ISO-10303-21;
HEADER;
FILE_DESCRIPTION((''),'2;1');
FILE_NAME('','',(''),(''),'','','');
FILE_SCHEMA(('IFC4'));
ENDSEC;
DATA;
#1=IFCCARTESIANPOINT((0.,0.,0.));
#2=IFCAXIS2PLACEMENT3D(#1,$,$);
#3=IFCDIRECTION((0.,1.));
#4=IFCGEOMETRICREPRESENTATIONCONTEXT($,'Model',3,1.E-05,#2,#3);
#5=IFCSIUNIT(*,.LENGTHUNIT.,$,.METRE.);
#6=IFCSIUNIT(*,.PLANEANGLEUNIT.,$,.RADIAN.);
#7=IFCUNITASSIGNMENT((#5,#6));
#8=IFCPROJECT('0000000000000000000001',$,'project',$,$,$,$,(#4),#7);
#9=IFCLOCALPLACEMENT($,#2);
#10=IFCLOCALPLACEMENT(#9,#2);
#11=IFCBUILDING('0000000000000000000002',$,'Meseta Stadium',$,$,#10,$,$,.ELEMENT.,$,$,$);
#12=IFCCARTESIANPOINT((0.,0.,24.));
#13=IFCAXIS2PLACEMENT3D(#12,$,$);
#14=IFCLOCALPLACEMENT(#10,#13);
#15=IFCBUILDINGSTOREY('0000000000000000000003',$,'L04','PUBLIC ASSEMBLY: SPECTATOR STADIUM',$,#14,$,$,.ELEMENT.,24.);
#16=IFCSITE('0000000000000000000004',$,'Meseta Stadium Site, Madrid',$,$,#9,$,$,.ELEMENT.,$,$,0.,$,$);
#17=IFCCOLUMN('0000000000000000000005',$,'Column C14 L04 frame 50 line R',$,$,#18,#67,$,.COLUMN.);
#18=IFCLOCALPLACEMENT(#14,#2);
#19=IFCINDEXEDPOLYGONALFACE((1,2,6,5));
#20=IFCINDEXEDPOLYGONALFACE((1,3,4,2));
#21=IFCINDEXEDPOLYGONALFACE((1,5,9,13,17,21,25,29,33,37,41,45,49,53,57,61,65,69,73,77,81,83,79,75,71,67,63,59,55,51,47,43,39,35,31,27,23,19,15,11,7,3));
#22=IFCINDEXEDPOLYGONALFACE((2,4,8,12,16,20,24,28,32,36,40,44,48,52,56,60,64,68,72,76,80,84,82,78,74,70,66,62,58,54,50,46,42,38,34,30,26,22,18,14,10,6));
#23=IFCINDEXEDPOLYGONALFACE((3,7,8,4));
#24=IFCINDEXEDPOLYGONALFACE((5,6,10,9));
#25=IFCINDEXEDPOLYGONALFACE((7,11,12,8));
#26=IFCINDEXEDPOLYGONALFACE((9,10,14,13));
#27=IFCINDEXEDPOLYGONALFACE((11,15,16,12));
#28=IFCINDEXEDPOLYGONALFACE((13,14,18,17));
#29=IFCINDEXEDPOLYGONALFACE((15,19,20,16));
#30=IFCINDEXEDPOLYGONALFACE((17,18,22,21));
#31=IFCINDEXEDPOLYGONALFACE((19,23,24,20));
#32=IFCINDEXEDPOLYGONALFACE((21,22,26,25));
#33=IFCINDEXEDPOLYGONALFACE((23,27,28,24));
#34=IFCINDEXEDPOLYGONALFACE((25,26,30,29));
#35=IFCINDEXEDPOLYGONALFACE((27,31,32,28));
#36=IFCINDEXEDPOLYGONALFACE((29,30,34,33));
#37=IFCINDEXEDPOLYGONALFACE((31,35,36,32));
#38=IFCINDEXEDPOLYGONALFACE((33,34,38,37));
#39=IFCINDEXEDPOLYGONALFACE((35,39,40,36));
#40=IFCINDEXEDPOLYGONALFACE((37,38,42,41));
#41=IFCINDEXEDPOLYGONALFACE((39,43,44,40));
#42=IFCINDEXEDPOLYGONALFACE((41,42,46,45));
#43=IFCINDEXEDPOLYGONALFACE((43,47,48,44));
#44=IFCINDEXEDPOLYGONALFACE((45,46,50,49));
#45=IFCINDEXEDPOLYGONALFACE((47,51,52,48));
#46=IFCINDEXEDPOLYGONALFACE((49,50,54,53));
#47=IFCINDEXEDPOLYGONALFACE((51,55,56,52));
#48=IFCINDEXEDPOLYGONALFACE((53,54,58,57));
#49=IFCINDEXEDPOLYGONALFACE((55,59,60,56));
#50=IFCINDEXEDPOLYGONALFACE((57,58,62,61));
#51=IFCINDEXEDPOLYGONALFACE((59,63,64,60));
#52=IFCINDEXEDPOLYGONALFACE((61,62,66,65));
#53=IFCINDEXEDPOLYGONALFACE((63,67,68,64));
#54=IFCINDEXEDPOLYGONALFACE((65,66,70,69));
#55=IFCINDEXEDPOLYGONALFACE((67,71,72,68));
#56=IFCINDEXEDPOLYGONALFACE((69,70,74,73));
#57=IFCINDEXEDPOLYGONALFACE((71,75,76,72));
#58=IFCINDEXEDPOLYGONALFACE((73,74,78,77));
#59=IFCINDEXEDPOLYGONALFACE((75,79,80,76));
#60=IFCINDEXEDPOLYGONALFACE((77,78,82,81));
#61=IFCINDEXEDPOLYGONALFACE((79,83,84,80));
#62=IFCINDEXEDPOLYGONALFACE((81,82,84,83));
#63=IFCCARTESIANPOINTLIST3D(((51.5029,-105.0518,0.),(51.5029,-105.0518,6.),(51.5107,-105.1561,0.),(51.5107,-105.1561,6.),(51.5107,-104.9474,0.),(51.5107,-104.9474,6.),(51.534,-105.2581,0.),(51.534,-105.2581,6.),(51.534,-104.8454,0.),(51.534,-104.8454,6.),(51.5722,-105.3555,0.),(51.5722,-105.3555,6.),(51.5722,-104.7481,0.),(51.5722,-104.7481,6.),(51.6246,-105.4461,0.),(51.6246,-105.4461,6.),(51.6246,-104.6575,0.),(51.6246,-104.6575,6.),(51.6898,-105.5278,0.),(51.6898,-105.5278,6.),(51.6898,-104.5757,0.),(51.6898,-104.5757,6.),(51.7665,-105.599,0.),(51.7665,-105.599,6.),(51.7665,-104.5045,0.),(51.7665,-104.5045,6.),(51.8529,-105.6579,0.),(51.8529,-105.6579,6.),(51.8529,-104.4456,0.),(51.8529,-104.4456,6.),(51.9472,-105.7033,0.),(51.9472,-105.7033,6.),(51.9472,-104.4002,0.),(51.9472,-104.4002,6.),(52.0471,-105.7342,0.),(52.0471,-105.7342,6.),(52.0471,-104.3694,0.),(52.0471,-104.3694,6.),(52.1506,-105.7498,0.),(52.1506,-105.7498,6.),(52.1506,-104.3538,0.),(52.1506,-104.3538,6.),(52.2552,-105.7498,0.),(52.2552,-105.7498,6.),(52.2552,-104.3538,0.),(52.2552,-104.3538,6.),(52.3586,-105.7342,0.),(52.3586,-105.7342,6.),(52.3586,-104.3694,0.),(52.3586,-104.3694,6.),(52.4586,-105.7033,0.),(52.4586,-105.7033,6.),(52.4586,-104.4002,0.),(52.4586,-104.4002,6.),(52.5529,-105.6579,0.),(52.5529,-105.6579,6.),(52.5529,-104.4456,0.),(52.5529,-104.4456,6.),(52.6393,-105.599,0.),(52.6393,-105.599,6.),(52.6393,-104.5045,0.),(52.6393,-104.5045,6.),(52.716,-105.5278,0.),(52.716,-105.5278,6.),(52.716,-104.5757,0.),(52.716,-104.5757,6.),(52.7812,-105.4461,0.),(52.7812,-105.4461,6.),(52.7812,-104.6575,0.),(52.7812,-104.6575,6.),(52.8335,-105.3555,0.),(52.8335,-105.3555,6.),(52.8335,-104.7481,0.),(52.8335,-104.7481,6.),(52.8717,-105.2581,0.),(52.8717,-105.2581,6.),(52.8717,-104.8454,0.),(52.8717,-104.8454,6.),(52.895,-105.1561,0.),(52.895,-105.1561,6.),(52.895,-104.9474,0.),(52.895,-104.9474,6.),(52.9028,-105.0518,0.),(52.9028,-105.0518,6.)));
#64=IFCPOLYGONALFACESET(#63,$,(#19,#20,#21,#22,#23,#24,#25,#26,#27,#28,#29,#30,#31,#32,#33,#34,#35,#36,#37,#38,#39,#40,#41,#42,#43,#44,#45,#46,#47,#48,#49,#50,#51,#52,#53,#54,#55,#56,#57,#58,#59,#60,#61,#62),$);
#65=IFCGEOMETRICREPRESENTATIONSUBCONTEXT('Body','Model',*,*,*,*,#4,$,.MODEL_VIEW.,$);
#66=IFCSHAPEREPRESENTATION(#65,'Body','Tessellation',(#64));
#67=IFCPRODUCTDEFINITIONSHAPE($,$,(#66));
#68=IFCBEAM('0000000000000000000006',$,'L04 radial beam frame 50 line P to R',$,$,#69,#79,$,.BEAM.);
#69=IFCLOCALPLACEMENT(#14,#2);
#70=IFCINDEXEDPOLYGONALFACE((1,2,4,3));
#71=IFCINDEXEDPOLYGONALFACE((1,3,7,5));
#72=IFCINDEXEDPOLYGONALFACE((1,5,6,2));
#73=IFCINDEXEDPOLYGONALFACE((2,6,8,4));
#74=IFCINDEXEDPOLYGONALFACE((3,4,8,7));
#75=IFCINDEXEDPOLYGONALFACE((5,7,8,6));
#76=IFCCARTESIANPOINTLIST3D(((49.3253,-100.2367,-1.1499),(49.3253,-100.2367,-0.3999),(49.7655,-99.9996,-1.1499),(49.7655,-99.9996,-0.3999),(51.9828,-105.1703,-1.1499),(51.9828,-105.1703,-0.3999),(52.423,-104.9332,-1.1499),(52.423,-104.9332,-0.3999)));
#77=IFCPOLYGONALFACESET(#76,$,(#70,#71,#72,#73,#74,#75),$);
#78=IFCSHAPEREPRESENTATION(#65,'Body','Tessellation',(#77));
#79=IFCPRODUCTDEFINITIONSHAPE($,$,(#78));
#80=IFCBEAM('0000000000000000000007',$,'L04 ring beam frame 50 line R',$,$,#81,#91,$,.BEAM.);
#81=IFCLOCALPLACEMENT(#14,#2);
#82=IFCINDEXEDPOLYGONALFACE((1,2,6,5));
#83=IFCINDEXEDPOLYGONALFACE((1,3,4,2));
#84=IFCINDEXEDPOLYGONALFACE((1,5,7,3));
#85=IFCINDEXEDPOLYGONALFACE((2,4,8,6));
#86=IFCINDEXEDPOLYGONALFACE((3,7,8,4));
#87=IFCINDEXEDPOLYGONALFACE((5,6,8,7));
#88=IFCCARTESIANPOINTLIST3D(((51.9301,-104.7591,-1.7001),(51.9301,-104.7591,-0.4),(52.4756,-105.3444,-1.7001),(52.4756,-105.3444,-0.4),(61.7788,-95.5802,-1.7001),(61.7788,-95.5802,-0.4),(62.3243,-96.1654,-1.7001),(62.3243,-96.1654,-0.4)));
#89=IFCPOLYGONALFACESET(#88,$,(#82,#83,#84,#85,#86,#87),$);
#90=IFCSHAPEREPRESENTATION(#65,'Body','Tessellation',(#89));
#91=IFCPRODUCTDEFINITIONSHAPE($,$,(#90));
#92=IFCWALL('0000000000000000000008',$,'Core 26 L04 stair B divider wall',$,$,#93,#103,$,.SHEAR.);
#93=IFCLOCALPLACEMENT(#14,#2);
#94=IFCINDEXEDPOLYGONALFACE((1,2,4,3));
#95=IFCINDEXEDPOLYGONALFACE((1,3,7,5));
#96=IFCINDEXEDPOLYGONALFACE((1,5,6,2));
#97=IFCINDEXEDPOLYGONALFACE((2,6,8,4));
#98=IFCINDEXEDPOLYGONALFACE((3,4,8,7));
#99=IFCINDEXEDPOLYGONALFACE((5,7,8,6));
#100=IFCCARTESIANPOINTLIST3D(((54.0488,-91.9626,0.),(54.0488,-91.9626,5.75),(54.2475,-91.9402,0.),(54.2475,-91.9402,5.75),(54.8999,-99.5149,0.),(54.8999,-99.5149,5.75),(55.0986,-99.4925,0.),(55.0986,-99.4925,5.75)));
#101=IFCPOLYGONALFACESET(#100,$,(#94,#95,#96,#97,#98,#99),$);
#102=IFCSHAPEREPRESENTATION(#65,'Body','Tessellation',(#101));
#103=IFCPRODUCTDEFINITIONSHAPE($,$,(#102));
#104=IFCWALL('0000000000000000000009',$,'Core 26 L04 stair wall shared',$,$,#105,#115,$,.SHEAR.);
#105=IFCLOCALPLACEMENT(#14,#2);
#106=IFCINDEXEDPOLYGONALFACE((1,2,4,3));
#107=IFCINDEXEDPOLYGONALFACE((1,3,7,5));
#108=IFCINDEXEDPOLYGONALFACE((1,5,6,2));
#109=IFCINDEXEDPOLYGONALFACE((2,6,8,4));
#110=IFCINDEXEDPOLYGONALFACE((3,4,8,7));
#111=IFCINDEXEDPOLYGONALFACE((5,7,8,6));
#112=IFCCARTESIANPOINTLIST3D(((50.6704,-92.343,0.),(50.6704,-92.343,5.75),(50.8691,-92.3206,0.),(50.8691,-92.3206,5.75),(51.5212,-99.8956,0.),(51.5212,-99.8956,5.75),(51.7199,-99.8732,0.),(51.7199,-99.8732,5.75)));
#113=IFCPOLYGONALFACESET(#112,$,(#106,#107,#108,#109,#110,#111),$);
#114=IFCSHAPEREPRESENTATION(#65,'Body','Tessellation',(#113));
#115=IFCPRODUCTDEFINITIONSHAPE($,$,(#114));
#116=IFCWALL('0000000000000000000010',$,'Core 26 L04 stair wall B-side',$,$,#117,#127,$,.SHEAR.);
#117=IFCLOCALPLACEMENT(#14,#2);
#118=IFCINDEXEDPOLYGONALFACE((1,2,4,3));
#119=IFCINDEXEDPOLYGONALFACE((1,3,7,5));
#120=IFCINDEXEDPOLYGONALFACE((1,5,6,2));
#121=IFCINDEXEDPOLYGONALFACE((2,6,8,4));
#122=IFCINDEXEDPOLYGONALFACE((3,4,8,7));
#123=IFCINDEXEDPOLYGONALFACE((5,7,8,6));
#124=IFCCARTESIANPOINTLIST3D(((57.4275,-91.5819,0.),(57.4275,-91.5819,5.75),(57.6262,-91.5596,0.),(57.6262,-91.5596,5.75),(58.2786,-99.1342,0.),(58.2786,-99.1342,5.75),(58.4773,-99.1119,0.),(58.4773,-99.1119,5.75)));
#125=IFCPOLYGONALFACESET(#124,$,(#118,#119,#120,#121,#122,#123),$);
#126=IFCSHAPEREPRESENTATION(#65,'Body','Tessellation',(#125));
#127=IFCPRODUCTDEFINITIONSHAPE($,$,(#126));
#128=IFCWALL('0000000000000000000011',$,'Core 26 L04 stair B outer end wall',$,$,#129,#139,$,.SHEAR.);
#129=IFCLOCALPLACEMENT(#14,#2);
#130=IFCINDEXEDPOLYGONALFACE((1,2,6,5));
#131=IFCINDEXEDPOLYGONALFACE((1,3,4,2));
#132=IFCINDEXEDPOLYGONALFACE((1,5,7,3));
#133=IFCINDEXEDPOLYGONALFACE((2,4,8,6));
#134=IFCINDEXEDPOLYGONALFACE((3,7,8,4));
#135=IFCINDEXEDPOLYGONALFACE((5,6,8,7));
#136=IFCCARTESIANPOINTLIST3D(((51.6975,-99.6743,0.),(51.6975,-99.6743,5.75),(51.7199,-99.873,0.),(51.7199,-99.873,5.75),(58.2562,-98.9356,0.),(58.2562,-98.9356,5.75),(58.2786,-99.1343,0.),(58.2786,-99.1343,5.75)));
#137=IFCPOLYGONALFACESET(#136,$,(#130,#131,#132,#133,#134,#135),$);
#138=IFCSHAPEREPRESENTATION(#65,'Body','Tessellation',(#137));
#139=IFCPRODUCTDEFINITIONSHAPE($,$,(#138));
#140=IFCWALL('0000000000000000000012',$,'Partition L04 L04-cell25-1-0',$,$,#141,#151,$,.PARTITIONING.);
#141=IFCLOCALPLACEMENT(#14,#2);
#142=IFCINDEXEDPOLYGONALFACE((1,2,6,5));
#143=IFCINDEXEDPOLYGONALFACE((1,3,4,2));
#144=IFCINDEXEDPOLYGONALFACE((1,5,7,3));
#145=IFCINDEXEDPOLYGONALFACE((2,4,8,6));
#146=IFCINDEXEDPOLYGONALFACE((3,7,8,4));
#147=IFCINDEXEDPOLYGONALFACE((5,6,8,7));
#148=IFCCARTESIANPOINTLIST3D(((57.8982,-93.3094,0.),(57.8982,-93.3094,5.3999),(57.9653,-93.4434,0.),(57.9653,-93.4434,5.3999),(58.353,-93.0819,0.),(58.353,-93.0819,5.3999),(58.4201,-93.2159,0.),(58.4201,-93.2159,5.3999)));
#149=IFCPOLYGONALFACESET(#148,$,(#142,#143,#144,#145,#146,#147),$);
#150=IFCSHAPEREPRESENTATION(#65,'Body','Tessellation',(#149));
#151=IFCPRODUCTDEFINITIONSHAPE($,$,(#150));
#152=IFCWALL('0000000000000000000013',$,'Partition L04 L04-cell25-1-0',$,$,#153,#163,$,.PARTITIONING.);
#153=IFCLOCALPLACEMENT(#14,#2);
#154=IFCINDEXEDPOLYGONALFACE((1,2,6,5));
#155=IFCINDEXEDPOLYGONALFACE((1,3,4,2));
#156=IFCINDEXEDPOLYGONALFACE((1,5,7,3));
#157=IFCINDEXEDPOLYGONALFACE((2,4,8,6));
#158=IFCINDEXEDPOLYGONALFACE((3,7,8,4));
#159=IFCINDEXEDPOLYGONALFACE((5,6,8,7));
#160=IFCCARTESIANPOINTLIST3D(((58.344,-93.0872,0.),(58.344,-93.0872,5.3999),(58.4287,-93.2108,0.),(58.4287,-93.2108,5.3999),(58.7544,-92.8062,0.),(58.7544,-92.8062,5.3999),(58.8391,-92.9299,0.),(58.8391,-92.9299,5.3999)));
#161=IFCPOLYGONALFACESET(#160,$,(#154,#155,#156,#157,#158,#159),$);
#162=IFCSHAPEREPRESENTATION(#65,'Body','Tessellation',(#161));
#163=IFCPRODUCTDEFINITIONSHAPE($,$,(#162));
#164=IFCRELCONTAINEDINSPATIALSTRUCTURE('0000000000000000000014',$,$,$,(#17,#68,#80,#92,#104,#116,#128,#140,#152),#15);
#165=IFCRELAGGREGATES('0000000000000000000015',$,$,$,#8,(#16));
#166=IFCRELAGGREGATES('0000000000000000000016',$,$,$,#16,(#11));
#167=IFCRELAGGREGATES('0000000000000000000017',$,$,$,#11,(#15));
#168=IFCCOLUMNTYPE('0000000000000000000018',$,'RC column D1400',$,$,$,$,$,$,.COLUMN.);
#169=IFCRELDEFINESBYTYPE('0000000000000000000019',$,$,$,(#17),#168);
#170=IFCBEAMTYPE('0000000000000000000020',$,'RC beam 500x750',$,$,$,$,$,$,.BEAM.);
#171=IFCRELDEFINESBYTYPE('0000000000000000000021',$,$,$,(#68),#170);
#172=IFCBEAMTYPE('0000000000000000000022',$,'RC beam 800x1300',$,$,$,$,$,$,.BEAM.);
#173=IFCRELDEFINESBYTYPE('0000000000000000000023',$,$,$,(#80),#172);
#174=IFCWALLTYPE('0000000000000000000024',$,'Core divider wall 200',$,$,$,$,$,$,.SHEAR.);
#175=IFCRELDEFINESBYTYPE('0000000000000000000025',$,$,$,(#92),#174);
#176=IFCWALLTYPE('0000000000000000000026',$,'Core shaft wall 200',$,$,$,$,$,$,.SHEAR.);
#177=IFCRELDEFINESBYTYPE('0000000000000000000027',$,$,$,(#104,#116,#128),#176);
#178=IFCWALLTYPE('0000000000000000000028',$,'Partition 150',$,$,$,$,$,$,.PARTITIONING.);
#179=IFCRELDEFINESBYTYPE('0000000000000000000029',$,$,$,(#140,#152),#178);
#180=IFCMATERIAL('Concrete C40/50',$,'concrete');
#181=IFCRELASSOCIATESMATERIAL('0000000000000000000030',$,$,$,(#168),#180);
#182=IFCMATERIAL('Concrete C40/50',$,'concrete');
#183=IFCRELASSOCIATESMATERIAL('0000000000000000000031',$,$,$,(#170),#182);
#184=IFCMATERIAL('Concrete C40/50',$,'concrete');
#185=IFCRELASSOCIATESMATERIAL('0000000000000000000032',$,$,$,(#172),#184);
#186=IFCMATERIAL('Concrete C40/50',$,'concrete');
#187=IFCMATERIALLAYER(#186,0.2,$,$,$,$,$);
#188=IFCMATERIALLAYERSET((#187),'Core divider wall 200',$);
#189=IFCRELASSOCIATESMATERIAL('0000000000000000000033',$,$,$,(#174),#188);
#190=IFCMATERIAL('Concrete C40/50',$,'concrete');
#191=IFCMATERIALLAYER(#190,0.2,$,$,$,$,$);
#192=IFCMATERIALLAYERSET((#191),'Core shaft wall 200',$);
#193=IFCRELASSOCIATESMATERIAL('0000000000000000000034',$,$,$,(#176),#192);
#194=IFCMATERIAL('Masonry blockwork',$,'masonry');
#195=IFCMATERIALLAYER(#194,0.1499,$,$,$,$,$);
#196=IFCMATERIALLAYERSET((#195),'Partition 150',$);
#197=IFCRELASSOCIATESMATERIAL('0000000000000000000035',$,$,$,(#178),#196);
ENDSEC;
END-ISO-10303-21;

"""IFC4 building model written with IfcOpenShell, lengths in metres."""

from ifc_helpers import new_model, si_unit, direction, frame, frame_2d, origin, origin_2d, place, context, subcontext, project, spatial, rectangle, circle, extrude, material, layer, layer_set, material_profile, profile_set, type_object, element, save


model = new_model("IFC4")

# Units and contexts
model_context = context("Model", 3, precision=1e-05, world=origin(), true_north=direction((0.0, 1.0)))
body_context = subcontext(model_context, "Body", "Model", "MODEL_VIEW")
ifc_project = project(units=[si_unit("LENGTHUNIT", "METRE"), si_unit("PLANEANGLEUNIT", "RADIAN")], contexts=[model_context])

# Site, building, storey
site_placement = place(None, origin())
site = spatial("IfcSite", under=ifc_project, at=site_placement, Name="Meseta Stadium Site, Madrid", CompositionType="ELEMENT", RefElevation=0.0)
building_placement = place(site_placement, origin())
building = spatial("IfcBuilding", under=site, at=building_placement, Name="Meseta Stadium", CompositionType="ELEMENT")
storey_placement = place(building_placement, frame((0.0, 0.0, 24.0)))
storey = spatial("IfcBuildingStorey", under=building, at=storey_placement, Name="L04", Description="PUBLIC ASSEMBLY: SPECTATOR STADIUM", CompositionType="ELEMENT", Elevation=24.0)

# Column
ifc_material_1 = material(Name="Concrete C40/50", Category="concrete")
ifc_material_profile_1 = material_profile(ifc_material_1, circle(Radius=0.7, at=origin_2d()), Name="RC D1400")
ifc_profile_set_1 = profile_set([ifc_material_profile_1], Name="Concrete C40/50")
column_type = type_object("IfcColumnType", Name="RC column D1400", PredefinedType="COLUMN", material=ifc_profile_set_1)
column_placement = place(storey_placement, frame((52.2029, -105.0518, 0.0), z_axis=(0.0, 0.0, 1.0), x_axis=(1.0, 0.0, 0.0)))
element("IfcColumn", 1, at=column_placement, inside=storey, type_object=column_type, Name="Column C14 L04 frame 50 line R", PredefinedType="COLUMN", context=body_context, shape_type="SweptSolid", body=[
    extrude(circle(Radius=0.7, at=origin_2d()), origin(), (0.0, 0.0, 1.0), 6.0),
])

# Beams
ifc_material_2 = material(Name="Concrete C40/50", Category="concrete")
ifc_material_profile_2 = material_profile(ifc_material_2, rectangle(XDim=0.5, YDim=0.75, at=origin_2d()), Name="RC 500x750")
ifc_profile_set_2 = profile_set([ifc_material_profile_2], Name="Concrete C40/50")
beam_type_1 = type_object("IfcBeamType", Name="RC beam 500x750", PredefinedType="BEAM", material=ifc_profile_set_2)
beam_1_placement = place(storey_placement, frame((49.5454, -100.1182, -0.7749), z_axis=(0.474227, -0.880403, 0.0), x_axis=(0.880403, 0.474227, 0.0)))
element("IfcBeam", 2, at=beam_1_placement, inside=storey, type_object=beam_type_1, Name="L04 radial beam frame 50 line P to R", PredefinedType="BEAM", context=body_context, shape_type="SweptSolid", body=[
    extrude(rectangle(XDim=0.5, YDim=0.75, at=origin_2d()), origin(), (0.0, 0.0, 1.0), 5.6038),
])
ifc_material_3 = material(Name="Concrete C40/50", Category="concrete")
ifc_material_profile_3 = material_profile(ifc_material_3, rectangle(XDim=0.8, YDim=1.3, at=origin_2d()), Name="RC 800x1300")
ifc_profile_set_3 = profile_set([ifc_material_profile_3], Name="Concrete C40/50")
beam_type_2 = type_object("IfcBeamType", Name="RC beam 800x1300", PredefinedType="BEAM", material=ifc_profile_set_3)
beam_2_placement = place(storey_placement, frame((52.2029, -105.0518, -1.05), z_axis=(0.731541, 0.681798, 0.0), x_axis=(-0.681798, 0.731541, 0.0)))
element("IfcBeam", 3, at=beam_2_placement, inside=storey, type_object=beam_type_2, Name="L04 ring beam frame 50 line R", PredefinedType="BEAM", context=body_context, shape_type="SweptSolid", body=[
    extrude(rectangle(XDim=0.8, YDim=1.3, at=origin_2d()), origin(), (0.0, 0.0, 1.0), 13.4629),
])

# Walls
ifc_material_4 = material(Name="Concrete C40/50", Category="concrete")
ifc_layer_1 = layer(ifc_material_4, 0.2)
ifc_layer_set_1 = layer_set([ifc_layer_1], Name="Core divider wall 200")
wall_type_1 = type_object("IfcWallType", Name="Core divider wall 200", PredefinedType="SHEAR", material=ifc_layer_set_1)
wall_1_placement = place(storey_placement, frame((54.9993, -99.5037, 0.0), z_axis=(0.0, 0.0, 1.0), x_axis=(-0.111983, 0.99371, 0.0)))
element("IfcWall", 4, at=wall_1_placement, inside=storey, type_object=wall_type_1, Name="Core 26 L04 stair B divider wall", PredefinedType="SHEAR", context=body_context, shape_type="SweptSolid", body=[
    extrude(rectangle(XDim=7.6001, YDim=0.2, at=frame_2d((3.8, 0.0))), origin(), (0.0, 0.0, 1.0), 5.75),
])
ifc_material_5 = material(Name="Concrete C40/50", Category="concrete")
ifc_layer_2 = layer(ifc_material_5, 0.2)
ifc_layer_set_2 = layer_set([ifc_layer_2], Name="Core shaft wall 200")
wall_type_2 = type_object("IfcWallType", Name="Core shaft wall 200", PredefinedType="SHEAR", material=ifc_layer_set_2)
wall_2_placement = place(storey_placement, frame((51.6206, -99.8845, 0.0), z_axis=(0.0, 0.0, 1.0), x_axis=(-0.111947, 0.993714, 0.0)))
element("IfcWall", 5, at=wall_2_placement, inside=storey, type_object=wall_type_2, Name="Core 26 L04 stair wall shared", PredefinedType="SHEAR", context=body_context, shape_type="SweptSolid", body=[
    extrude(rectangle(XDim=7.6003, YDim=0.2, at=frame_2d((3.8003, 0.0))), origin(), (0.0, 0.0, 1.0), 5.75),
])
wall_3_placement = place(storey_placement, frame((58.3779, -99.123, 0.0), z_axis=(0.0, 0.0, 1.0), x_axis=(-0.111983, 0.99371, 0.0)))
element("IfcWall", 6, at=wall_3_placement, inside=storey, type_object=wall_type_2, Name="Core 26 L04 stair wall B-side", PredefinedType="SHEAR", context=body_context, shape_type="SweptSolid", body=[
    extrude(rectangle(XDim=7.6001, YDim=0.2, at=frame_2d((3.8, 0.0))), origin(), (0.0, 0.0, 1.0), 5.75),
])
wall_4_placement = place(storey_placement, frame((51.7087, -99.7737, 0.0), z_axis=(0.0, 0.0, 1.0), x_axis=(0.993716, 0.111934, 0.0)))
element("IfcWall", 7, at=wall_4_placement, inside=storey, type_object=wall_type_2, Name="Core 26 L04 stair B outer end wall", PredefinedType="SHEAR", context=body_context, shape_type="SweptSolid", body=[
    extrude(rectangle(XDim=6.6001, YDim=0.2, at=frame_2d((3.3, 0.0))), origin(), (0.0, 0.0, 1.0), 5.75),
])
ifc_material_6 = material(Name="Masonry blockwork", Category="masonry")
ifc_layer_3 = layer(ifc_material_6, 0.1499)
ifc_layer_set_3 = layer_set([ifc_layer_3], Name="Partition 150")
wall_type_3 = type_object("IfcWallType", Name="Partition 150", PredefinedType="PARTITIONING", material=ifc_layer_set_3)
wall_5_placement = place(storey_placement, frame((57.9316, -93.3765, 0.0), z_axis=(0.0, 0.0, 1.0), x_axis=(0.894331, 0.447406, 0.0)))
element("IfcWall", 8, at=wall_5_placement, inside=storey, type_object=wall_type_3, Name="Partition L04 L04-cell25-1-0", PredefinedType="PARTITIONING", context=body_context, shape_type="SweptSolid", body=[
    extrude(rectangle(XDim=0.5085, YDim=0.1499, at=frame_2d((0.2544, 0.0))), origin(), (0.0, 0.0, 1.0), 5.3999),
])
wall_6_placement = place(storey_placement, frame((58.3865, -93.1489, 0.0), z_axis=(0.0, 0.0, 1.0), x_axis=(0.825115, 0.564965, 0.0)))
element("IfcWall", 9, at=wall_6_placement, inside=storey, type_object=wall_type_3, Name="Partition L04 L04-cell25-1-0", PredefinedType="PARTITIONING", context=body_context, shape_type="SweptSolid", body=[
    extrude(rectangle(XDim=0.4973, YDim=0.1499, at=frame_2d((0.2485, 0.0))), origin(), (0.0, 0.0, 1.0), 5.3999),
])

save(model, "model.ifc")
